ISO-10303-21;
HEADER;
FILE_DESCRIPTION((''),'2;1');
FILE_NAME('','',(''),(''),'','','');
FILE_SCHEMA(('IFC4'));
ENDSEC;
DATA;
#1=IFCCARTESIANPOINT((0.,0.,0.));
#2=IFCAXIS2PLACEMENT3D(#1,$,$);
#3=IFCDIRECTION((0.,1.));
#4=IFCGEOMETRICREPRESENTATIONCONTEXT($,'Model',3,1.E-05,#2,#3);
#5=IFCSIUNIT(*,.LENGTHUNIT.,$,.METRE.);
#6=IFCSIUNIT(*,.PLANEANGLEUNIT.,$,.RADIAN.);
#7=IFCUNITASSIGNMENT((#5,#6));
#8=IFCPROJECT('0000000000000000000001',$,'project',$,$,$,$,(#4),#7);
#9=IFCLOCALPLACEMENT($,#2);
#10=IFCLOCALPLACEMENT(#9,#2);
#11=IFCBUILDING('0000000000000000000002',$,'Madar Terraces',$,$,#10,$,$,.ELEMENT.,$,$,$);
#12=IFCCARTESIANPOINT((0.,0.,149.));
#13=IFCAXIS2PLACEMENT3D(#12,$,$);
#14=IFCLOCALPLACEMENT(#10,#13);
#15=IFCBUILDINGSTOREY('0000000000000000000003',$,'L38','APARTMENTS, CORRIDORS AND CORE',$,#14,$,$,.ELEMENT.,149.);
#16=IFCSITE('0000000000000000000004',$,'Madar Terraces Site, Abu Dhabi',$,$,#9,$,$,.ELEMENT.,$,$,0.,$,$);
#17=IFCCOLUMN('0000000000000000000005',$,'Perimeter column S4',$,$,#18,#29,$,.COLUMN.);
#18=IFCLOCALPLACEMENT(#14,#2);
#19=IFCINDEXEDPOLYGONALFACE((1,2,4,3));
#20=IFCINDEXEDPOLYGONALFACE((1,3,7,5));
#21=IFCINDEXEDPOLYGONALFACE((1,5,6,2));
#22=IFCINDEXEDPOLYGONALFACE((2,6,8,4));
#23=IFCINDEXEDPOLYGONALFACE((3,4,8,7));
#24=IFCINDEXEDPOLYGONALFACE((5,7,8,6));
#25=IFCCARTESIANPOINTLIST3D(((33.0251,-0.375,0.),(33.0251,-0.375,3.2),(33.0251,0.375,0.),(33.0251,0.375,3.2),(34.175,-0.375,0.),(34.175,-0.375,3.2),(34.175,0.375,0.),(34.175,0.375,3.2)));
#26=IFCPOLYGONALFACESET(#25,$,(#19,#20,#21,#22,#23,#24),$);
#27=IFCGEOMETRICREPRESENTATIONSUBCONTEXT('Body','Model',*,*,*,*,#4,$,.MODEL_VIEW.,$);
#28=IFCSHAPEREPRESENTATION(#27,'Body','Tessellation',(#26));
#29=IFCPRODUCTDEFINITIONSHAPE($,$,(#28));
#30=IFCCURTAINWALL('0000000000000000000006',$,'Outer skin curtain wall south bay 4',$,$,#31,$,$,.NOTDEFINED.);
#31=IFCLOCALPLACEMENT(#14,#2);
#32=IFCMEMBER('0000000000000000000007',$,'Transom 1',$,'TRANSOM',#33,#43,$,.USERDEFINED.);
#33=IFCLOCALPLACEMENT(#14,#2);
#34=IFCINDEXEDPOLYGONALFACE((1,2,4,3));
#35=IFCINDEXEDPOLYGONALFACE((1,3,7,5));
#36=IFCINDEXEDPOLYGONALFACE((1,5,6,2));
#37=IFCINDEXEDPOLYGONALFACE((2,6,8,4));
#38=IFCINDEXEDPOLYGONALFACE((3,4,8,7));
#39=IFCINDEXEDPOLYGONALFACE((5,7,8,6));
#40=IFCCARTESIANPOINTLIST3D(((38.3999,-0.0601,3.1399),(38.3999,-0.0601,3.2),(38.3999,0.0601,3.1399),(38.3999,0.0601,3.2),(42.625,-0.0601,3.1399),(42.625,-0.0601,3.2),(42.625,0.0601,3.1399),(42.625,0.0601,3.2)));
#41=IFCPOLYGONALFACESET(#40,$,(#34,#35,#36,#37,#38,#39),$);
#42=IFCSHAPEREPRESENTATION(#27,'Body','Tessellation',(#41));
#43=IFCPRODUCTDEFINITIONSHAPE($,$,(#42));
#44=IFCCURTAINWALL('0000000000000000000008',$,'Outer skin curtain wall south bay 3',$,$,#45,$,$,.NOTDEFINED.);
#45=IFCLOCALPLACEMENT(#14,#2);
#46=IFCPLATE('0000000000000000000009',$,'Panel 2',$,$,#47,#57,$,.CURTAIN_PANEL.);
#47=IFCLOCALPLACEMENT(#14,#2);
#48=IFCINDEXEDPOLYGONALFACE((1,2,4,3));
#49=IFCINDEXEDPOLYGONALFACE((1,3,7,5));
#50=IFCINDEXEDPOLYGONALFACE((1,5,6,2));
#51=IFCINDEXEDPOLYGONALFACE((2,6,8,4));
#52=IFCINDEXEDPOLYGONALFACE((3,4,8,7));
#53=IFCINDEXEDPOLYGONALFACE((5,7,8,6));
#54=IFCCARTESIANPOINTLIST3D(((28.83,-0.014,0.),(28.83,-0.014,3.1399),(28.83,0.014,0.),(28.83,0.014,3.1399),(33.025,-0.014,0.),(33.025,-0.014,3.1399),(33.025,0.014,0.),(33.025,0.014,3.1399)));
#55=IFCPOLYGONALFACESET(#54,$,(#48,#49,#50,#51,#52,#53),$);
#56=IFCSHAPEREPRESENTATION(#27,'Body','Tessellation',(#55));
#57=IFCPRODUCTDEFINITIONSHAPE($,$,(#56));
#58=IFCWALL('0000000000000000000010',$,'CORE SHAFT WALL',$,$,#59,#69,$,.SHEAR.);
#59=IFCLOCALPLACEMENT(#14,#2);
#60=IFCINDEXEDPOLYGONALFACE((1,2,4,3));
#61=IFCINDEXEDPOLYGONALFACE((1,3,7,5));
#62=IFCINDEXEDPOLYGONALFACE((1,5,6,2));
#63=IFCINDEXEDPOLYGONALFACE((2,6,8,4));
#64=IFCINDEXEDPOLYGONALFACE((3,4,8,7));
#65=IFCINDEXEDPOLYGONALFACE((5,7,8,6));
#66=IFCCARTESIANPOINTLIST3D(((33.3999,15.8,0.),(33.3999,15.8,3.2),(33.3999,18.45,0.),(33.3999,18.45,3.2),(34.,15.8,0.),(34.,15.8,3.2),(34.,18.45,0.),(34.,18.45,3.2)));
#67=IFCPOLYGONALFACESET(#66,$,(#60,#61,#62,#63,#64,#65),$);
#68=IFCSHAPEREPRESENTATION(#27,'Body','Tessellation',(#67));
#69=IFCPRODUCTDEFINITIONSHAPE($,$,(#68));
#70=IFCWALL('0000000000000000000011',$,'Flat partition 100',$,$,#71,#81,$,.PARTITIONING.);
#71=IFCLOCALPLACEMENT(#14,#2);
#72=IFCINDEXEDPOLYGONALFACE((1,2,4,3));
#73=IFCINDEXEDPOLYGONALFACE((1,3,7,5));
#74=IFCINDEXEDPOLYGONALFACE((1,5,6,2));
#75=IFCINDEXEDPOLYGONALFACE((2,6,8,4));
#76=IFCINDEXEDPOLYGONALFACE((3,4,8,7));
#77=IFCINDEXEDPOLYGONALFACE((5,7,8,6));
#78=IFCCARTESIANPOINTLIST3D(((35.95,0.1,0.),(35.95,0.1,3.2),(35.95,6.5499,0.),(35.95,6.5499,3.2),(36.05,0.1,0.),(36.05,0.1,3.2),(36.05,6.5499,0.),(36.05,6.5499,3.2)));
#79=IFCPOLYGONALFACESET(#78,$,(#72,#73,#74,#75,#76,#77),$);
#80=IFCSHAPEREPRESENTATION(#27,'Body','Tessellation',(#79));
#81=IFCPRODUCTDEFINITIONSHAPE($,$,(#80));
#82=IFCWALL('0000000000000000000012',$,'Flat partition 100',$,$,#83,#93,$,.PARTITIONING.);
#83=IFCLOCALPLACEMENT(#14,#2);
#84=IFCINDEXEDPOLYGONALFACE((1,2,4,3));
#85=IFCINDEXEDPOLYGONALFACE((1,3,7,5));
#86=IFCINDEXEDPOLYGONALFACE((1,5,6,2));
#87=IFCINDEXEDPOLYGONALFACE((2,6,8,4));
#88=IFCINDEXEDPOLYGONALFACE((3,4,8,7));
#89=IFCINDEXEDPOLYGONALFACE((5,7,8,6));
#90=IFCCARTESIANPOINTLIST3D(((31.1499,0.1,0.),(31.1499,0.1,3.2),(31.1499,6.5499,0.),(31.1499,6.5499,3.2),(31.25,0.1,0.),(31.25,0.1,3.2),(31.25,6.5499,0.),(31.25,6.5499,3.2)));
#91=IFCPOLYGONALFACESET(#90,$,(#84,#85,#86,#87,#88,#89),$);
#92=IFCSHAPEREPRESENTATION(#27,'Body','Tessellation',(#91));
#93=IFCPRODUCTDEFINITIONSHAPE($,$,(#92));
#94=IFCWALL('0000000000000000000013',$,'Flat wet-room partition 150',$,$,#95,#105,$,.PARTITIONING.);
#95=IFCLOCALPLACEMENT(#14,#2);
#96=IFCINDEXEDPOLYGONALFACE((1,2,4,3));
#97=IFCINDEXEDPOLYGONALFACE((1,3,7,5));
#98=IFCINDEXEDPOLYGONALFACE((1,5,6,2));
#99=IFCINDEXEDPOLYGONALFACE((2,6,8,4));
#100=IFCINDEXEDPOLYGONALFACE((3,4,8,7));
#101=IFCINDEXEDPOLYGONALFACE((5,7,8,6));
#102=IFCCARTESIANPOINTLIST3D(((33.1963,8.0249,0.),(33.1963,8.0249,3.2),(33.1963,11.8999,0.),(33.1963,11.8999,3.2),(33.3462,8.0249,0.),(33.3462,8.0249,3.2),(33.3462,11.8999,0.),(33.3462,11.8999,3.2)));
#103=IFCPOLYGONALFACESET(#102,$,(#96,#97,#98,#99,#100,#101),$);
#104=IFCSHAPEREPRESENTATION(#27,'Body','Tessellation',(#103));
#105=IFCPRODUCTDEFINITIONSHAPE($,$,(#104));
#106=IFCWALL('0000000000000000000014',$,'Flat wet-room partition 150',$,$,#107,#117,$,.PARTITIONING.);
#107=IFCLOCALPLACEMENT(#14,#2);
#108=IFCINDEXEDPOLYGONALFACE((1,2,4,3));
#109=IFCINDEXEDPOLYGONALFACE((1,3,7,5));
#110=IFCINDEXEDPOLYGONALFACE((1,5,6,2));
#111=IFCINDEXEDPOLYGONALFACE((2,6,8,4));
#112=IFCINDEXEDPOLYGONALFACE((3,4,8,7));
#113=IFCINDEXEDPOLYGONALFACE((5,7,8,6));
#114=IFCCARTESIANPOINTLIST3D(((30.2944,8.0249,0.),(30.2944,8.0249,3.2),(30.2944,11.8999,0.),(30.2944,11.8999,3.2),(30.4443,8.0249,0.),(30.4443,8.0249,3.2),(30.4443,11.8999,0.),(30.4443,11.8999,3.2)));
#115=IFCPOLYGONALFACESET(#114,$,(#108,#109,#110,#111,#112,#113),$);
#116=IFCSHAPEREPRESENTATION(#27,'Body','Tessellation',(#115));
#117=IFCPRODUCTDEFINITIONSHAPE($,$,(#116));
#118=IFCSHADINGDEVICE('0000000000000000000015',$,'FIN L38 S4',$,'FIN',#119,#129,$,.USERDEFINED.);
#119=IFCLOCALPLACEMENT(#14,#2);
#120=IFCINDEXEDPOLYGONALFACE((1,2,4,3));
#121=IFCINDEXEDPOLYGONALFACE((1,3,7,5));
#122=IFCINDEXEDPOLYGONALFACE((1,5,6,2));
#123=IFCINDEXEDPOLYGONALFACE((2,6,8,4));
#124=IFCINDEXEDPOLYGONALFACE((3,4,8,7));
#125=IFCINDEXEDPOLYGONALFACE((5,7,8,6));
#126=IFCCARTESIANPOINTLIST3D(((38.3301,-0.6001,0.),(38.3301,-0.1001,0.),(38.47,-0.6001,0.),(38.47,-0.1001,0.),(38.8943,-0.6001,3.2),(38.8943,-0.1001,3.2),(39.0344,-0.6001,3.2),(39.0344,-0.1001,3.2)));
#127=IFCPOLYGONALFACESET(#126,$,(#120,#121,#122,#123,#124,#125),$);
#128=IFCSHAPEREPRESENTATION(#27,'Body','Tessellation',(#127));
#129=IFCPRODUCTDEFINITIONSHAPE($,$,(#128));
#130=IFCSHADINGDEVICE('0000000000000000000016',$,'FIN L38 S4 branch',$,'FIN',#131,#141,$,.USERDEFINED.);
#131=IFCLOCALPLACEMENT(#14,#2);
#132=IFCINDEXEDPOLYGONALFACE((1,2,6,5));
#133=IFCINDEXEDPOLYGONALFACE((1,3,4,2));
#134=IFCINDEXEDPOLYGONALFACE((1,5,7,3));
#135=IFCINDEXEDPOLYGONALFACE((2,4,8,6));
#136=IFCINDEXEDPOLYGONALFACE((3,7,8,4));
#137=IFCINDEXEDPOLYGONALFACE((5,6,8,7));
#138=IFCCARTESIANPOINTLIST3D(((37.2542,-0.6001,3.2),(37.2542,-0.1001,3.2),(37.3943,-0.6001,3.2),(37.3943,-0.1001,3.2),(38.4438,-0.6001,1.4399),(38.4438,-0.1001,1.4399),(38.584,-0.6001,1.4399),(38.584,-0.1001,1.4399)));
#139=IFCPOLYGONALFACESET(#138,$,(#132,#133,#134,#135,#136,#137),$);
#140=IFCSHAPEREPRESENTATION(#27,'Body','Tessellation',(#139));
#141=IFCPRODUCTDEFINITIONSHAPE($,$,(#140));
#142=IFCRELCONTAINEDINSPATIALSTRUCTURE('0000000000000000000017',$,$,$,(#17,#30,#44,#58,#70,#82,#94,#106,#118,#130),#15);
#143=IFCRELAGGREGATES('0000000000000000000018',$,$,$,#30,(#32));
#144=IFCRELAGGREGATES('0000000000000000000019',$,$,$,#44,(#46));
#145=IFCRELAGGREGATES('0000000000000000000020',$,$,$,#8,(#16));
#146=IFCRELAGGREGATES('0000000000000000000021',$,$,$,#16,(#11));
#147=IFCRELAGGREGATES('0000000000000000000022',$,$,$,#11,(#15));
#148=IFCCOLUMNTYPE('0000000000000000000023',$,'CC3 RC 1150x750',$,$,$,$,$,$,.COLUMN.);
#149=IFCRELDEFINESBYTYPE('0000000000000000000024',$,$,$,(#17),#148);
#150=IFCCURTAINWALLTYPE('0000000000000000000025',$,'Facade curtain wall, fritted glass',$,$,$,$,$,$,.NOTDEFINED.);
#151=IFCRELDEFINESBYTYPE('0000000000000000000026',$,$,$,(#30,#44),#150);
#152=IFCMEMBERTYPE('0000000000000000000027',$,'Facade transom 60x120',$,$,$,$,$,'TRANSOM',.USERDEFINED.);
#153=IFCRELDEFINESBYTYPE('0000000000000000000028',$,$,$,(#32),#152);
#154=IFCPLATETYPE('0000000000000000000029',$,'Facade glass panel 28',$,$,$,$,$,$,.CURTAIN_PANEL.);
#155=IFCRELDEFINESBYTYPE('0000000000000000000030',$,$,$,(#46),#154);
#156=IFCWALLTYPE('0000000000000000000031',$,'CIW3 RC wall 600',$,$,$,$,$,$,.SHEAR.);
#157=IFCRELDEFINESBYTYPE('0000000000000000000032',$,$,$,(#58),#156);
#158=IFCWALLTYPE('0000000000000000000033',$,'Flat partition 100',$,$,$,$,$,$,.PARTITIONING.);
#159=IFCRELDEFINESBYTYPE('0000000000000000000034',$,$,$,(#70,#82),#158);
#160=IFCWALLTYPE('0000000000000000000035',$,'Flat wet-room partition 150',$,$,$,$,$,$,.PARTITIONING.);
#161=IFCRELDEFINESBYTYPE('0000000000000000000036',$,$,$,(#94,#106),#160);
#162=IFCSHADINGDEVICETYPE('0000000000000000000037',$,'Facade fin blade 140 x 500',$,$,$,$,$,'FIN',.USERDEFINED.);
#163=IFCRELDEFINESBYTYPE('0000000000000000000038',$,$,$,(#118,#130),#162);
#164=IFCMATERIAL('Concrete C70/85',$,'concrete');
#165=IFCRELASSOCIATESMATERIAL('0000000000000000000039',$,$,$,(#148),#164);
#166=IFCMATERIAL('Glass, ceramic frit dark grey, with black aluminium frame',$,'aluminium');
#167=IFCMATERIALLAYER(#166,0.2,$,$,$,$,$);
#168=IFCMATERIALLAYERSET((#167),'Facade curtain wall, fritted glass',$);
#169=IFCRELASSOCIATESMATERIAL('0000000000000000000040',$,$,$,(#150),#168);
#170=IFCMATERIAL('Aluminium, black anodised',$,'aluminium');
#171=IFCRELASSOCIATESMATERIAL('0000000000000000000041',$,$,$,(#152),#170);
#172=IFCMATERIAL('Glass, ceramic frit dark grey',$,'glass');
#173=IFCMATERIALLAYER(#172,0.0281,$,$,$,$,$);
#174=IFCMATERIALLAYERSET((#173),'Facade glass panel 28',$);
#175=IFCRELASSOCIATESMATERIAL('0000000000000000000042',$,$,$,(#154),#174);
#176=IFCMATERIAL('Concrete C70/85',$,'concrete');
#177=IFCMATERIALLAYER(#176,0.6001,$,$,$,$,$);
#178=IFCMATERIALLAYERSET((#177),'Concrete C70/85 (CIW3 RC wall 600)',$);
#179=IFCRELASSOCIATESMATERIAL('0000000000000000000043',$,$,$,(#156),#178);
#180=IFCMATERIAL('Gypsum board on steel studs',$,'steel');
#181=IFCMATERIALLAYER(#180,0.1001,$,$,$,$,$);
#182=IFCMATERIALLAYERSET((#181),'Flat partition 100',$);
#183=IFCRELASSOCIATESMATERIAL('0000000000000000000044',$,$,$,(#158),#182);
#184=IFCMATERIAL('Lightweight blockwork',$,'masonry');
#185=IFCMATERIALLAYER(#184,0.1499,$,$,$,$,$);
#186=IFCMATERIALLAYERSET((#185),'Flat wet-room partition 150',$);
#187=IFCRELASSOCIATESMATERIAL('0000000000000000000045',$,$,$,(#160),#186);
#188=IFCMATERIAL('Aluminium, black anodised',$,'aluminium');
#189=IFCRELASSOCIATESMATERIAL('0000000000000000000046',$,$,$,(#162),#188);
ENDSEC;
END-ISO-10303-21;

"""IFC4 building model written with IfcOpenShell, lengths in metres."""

from ifc_helpers import new_model, si_unit, direction, frame, frame_2d, origin, origin_2d, place, context, subcontext, project, spatial, polyline, rectangle, outline, extrude, material, layer, layer_set, material_profile, profile_set, type_object, element, aggregate, save


model = new_model("IFC4")

# Units and contexts
model_context = context("Model", 3, precision=1e-05, world=origin(), true_north=direction((0.0, 1.0)))
body_context = subcontext(model_context, "Body", "Model", "MODEL_VIEW")
ifc_project = project(units=[si_unit("LENGTHUNIT", "METRE"), si_unit("PLANEANGLEUNIT", "RADIAN")], contexts=[model_context])

# Site, building, storey
site_placement = place(None, origin())
site = spatial("IfcSite", under=ifc_project, at=site_placement, Name="Madar Terraces Site, Abu Dhabi", CompositionType="ELEMENT", RefElevation=0.0)
building_placement = place(site_placement, origin())
building = spatial("IfcBuilding", under=site, at=building_placement, Name="Madar Terraces", CompositionType="ELEMENT")
storey_placement = place(building_placement, frame((0.0, 0.0, 149.0)))
storey = spatial("IfcBuildingStorey", under=building, at=storey_placement, Name="L38", Description="APARTMENTS, CORRIDORS AND CORE", CompositionType="ELEMENT", Elevation=149.0)

# Column
ifc_material_1 = material(Name="Concrete C70/85", Category="concrete")
ifc_material_profile_1 = material_profile(ifc_material_1, rectangle(XDim=1.1499, YDim=0.75, at=origin_2d()), Name="CC3 RC 1150x750")
ifc_profile_set_1 = profile_set([ifc_material_profile_1], Name="Concrete C70/85")
column_type = type_object("IfcColumnType", Name="CC3 RC 1150x750", PredefinedType="COLUMN", material=ifc_profile_set_1)
column_placement = place(storey_placement, frame((33.6001, 0.0, 0.0), z_axis=(0.0, 0.0, 1.0), x_axis=(1.0, 0.0, 0.0)))
element("IfcColumn", 1, at=column_placement, inside=storey, type_object=column_type, Name="Perimeter column S4", PredefinedType="COLUMN", context=body_context, shape_type="SweptSolid", body=[
    extrude(rectangle(XDim=1.1499, YDim=0.75, at=origin_2d()), origin(), (0.0, 0.0, 1.0), 3.2),
])

# Curtain wall, member
ifc_material_2 = material(Name="Glass, ceramic frit dark grey, with black aluminium frame", Category="aluminium")
ifc_layer_1 = layer(ifc_material_2, 0.2)
ifc_layer_set_1 = layer_set([ifc_layer_1], Name="Facade curtain wall, fritted glass")
curtain_wall_type = type_object("IfcCurtainWallType", Name="Facade curtain wall, fritted glass", PredefinedType="NOTDEFINED", material=ifc_layer_set_1)
curtain_wall_1_placement = place(storey_placement, origin())
curtain_wall_1 = element("IfcCurtainWall", 2, at=curtain_wall_1_placement, inside=storey, type_object=curtain_wall_type, Name="Outer skin curtain wall south bay 4", PredefinedType="NOTDEFINED")
ifc_material_3 = material(Name="Aluminium, black anodised", Category="aluminium")
ifc_material_profile_2 = material_profile(ifc_material_3, rectangle(XDim=0.1201, YDim=0.0601, at=origin_2d()), Name="Facade transom 60x120")
ifc_profile_set_2 = profile_set([ifc_material_profile_2], Name="Aluminium, black anodised")
member_type = type_object("IfcMemberType", Name="Facade transom 60x120", ElementType="TRANSOM", PredefinedType="USERDEFINED", material=ifc_profile_set_2)
member_placement = place(storey_placement, frame((38.3999, 0.0, 3.1699), z_axis=(1.0, 0.0, 0.0), x_axis=(0.0, 1.0, 0.0)))
member = element("IfcMember", 3, at=member_placement, type_object=member_type, Name="Transom 1", ObjectType="TRANSOM", PredefinedType="USERDEFINED", context=body_context, shape_type="SweptSolid", body=[
    extrude(rectangle(XDim=0.1201, YDim=0.0601, at=origin_2d()), origin(), (0.0, 0.0, 1.0), 4.2251),
])
aggregate(curtain_wall_1, [member])

# Curtain wall, plate
curtain_wall_2_placement = place(storey_placement, origin())
curtain_wall_2 = element("IfcCurtainWall", 4, at=curtain_wall_2_placement, inside=storey, type_object=curtain_wall_type, Name="Outer skin curtain wall south bay 3", PredefinedType="NOTDEFINED")
ifc_material_4 = material(Name="Glass, ceramic frit dark grey", Category="glass")
ifc_layer_2 = layer(ifc_material_4, 0.0281)
ifc_layer_set_2 = layer_set([ifc_layer_2], Name="Facade glass panel 28")
plate_type = type_object("IfcPlateType", Name="Facade glass panel 28", PredefinedType="CURTAIN_PANEL", material=ifc_layer_set_2)
plate_placement = place(storey_placement, frame((30.9275, 0.0, 0.0), z_axis=(0.0, 0.0, 1.0), x_axis=(1.0, 0.0, 0.0)))
plate = element("IfcPlate", 5, at=plate_placement, type_object=plate_type, Name="Panel 2", PredefinedType="CURTAIN_PANEL", context=body_context, shape_type="SweptSolid", body=[
    extrude(rectangle(XDim=4.1951, YDim=0.0281, at=origin_2d()), origin(), (0.0, 0.0, 1.0), 3.1399),
])
aggregate(curtain_wall_2, [plate])

# Wall
ifc_material_5 = material(Name="Concrete C70/85", Category="concrete")
ifc_layer_3 = layer(ifc_material_5, 0.6001)
ifc_layer_set_3 = layer_set([ifc_layer_3], Name="Concrete C70/85 (CIW3 RC wall 600)")
wall_type_1 = type_object("IfcWallType", Name="CIW3 RC wall 600", PredefinedType="SHEAR", material=ifc_layer_set_3)
wall_1_placement = place(storey_placement, frame((33.7, 15.8, 0.0), z_axis=(0.0, 0.0, 1.0), x_axis=(0.0, 1.0, 0.0)))
element("IfcWall", 6, at=wall_1_placement, inside=storey, type_object=wall_type_1, Name="CORE SHAFT WALL", PredefinedType="SHEAR", context=body_context, shape_type="SweptSolid", body=[
    extrude(rectangle(XDim=2.6499, YDim=0.6001, at=frame_2d((1.325, 0.0))), origin(), (0.0, 0.0, 1.0), 3.2),
])

# Walls
ifc_material_6 = material(Name="Gypsum board on steel studs", Category="steel")
ifc_layer_4 = layer(ifc_material_6, 0.1001)
ifc_layer_set_4 = layer_set([ifc_layer_4], Name="Flat partition 100")
wall_type_2 = type_object("IfcWallType", Name="Flat partition 100", PredefinedType="PARTITIONING", material=ifc_layer_set_4)
for number, where, z_axis, x_axis, name in (
    (7, (36.0, 6.55, 0.0), (0.0, 0.0, 1.0), (0.0, -1.0, 0.0), "Flat partition 100"),
    (8, (31.2, 6.55, 0.0), (0.0, 0.0, 1.0), (0.0, -1.0, 0.0), "Flat partition 100"),
):
    element("IfcWall", number, at=place(storey_placement, frame(where, z_axis=z_axis, x_axis=x_axis)), inside=storey, type_object=wall_type_2, Name=name, PredefinedType="PARTITIONING", context=body_context, shape_type="SweptSolid", body=[
        extrude(rectangle(XDim=6.45, YDim=0.1001, at=frame_2d((3.2251, 0.0))), origin(), (0.0, 0.0, 1.0), 3.2),
    ])
ifc_material_7 = material(Name="Lightweight blockwork", Category="masonry")
ifc_layer_5 = layer(ifc_material_7, 0.1499)
ifc_layer_set_5 = layer_set([ifc_layer_5], Name="Flat wet-room partition 150")
wall_type_3 = type_object("IfcWallType", Name="Flat wet-room partition 150", PredefinedType="PARTITIONING", material=ifc_layer_set_5)
for number, where, z_axis, x_axis, name in (
    (9, (33.2712, 11.8999, 0.0), (0.0, 0.0, 1.0), (0.0, -1.0, 0.0), "Flat wet-room partition 150"),
    (10, (30.3694, 11.8999, 0.0), (0.0, 0.0, 1.0), (0.0, -1.0, 0.0), "Flat wet-room partition 150"),
):
    element("IfcWall", number, at=place(storey_placement, frame(where, z_axis=z_axis, x_axis=x_axis)), inside=storey, type_object=wall_type_3, Name=name, PredefinedType="PARTITIONING", context=body_context, shape_type="SweptSolid", body=[
        extrude(rectangle(XDim=3.875, YDim=0.1499, at=frame_2d((1.9375, 0.0))), origin(), (0.0, 0.0, 1.0), 3.2),
    ])

# Shading devices
ifc_material_8 = material(Name="Aluminium, black anodised", Category="aluminium")
shading_device_type = type_object("IfcShadingDeviceType", Name="Facade fin blade 140 x 500", ElementType="FIN", PredefinedType="USERDEFINED", material=ifc_material_8)
shading_device_1_placement = place(storey_placement, frame((38.3301, -0.3501, 0.0), z_axis=(0.0, 0.0, 1.0), x_axis=(1.0, 0.0, 0.0)))
element("IfcShadingDevice", 11, at=shading_device_1_placement, inside=storey, type_object=shading_device_type, Name="FIN L38 S4", ObjectType="FIN", PredefinedType="USERDEFINED", context=body_context, shape_type="SweptSolid", body=[
    extrude(outline(polyline([(0.0, 0.0), (0.1399, 0.0), (0.7043, 3.2), (0.5642, 3.2), (0.0, 0.0)])), frame((0.0, 0.25, 0.0), z_axis=(0.0, -1.0, 0.0), x_axis=(1.0, 0.0, 0.0)), (0.0, 0.0, 1.0), 0.5),
])
shading_device_2_placement = place(storey_placement, frame((38.4438, -0.3501, 1.4399), z_axis=(0.0, 0.0, 1.0), x_axis=(1.0, 0.0, 0.0)))
element("IfcShadingDevice", 12, at=shading_device_2_placement, inside=storey, type_object=shading_device_type, Name="FIN L38 S4 branch", ObjectType="FIN", PredefinedType="USERDEFINED", context=body_context, shape_type="SweptSolid", body=[
    extrude(outline(polyline([(0.0, 0.0), (0.1401, 0.0), (-1.0496, 1.76), (-1.1897, 1.76), (0.0, 0.0)])), frame((0.0, 0.25, 0.0), z_axis=(0.0, -1.0, 0.0), x_axis=(1.0, 0.0, 0.0)), (0.0, 0.0, 1.0), 0.5),
])

save(model, "model.ifc")
